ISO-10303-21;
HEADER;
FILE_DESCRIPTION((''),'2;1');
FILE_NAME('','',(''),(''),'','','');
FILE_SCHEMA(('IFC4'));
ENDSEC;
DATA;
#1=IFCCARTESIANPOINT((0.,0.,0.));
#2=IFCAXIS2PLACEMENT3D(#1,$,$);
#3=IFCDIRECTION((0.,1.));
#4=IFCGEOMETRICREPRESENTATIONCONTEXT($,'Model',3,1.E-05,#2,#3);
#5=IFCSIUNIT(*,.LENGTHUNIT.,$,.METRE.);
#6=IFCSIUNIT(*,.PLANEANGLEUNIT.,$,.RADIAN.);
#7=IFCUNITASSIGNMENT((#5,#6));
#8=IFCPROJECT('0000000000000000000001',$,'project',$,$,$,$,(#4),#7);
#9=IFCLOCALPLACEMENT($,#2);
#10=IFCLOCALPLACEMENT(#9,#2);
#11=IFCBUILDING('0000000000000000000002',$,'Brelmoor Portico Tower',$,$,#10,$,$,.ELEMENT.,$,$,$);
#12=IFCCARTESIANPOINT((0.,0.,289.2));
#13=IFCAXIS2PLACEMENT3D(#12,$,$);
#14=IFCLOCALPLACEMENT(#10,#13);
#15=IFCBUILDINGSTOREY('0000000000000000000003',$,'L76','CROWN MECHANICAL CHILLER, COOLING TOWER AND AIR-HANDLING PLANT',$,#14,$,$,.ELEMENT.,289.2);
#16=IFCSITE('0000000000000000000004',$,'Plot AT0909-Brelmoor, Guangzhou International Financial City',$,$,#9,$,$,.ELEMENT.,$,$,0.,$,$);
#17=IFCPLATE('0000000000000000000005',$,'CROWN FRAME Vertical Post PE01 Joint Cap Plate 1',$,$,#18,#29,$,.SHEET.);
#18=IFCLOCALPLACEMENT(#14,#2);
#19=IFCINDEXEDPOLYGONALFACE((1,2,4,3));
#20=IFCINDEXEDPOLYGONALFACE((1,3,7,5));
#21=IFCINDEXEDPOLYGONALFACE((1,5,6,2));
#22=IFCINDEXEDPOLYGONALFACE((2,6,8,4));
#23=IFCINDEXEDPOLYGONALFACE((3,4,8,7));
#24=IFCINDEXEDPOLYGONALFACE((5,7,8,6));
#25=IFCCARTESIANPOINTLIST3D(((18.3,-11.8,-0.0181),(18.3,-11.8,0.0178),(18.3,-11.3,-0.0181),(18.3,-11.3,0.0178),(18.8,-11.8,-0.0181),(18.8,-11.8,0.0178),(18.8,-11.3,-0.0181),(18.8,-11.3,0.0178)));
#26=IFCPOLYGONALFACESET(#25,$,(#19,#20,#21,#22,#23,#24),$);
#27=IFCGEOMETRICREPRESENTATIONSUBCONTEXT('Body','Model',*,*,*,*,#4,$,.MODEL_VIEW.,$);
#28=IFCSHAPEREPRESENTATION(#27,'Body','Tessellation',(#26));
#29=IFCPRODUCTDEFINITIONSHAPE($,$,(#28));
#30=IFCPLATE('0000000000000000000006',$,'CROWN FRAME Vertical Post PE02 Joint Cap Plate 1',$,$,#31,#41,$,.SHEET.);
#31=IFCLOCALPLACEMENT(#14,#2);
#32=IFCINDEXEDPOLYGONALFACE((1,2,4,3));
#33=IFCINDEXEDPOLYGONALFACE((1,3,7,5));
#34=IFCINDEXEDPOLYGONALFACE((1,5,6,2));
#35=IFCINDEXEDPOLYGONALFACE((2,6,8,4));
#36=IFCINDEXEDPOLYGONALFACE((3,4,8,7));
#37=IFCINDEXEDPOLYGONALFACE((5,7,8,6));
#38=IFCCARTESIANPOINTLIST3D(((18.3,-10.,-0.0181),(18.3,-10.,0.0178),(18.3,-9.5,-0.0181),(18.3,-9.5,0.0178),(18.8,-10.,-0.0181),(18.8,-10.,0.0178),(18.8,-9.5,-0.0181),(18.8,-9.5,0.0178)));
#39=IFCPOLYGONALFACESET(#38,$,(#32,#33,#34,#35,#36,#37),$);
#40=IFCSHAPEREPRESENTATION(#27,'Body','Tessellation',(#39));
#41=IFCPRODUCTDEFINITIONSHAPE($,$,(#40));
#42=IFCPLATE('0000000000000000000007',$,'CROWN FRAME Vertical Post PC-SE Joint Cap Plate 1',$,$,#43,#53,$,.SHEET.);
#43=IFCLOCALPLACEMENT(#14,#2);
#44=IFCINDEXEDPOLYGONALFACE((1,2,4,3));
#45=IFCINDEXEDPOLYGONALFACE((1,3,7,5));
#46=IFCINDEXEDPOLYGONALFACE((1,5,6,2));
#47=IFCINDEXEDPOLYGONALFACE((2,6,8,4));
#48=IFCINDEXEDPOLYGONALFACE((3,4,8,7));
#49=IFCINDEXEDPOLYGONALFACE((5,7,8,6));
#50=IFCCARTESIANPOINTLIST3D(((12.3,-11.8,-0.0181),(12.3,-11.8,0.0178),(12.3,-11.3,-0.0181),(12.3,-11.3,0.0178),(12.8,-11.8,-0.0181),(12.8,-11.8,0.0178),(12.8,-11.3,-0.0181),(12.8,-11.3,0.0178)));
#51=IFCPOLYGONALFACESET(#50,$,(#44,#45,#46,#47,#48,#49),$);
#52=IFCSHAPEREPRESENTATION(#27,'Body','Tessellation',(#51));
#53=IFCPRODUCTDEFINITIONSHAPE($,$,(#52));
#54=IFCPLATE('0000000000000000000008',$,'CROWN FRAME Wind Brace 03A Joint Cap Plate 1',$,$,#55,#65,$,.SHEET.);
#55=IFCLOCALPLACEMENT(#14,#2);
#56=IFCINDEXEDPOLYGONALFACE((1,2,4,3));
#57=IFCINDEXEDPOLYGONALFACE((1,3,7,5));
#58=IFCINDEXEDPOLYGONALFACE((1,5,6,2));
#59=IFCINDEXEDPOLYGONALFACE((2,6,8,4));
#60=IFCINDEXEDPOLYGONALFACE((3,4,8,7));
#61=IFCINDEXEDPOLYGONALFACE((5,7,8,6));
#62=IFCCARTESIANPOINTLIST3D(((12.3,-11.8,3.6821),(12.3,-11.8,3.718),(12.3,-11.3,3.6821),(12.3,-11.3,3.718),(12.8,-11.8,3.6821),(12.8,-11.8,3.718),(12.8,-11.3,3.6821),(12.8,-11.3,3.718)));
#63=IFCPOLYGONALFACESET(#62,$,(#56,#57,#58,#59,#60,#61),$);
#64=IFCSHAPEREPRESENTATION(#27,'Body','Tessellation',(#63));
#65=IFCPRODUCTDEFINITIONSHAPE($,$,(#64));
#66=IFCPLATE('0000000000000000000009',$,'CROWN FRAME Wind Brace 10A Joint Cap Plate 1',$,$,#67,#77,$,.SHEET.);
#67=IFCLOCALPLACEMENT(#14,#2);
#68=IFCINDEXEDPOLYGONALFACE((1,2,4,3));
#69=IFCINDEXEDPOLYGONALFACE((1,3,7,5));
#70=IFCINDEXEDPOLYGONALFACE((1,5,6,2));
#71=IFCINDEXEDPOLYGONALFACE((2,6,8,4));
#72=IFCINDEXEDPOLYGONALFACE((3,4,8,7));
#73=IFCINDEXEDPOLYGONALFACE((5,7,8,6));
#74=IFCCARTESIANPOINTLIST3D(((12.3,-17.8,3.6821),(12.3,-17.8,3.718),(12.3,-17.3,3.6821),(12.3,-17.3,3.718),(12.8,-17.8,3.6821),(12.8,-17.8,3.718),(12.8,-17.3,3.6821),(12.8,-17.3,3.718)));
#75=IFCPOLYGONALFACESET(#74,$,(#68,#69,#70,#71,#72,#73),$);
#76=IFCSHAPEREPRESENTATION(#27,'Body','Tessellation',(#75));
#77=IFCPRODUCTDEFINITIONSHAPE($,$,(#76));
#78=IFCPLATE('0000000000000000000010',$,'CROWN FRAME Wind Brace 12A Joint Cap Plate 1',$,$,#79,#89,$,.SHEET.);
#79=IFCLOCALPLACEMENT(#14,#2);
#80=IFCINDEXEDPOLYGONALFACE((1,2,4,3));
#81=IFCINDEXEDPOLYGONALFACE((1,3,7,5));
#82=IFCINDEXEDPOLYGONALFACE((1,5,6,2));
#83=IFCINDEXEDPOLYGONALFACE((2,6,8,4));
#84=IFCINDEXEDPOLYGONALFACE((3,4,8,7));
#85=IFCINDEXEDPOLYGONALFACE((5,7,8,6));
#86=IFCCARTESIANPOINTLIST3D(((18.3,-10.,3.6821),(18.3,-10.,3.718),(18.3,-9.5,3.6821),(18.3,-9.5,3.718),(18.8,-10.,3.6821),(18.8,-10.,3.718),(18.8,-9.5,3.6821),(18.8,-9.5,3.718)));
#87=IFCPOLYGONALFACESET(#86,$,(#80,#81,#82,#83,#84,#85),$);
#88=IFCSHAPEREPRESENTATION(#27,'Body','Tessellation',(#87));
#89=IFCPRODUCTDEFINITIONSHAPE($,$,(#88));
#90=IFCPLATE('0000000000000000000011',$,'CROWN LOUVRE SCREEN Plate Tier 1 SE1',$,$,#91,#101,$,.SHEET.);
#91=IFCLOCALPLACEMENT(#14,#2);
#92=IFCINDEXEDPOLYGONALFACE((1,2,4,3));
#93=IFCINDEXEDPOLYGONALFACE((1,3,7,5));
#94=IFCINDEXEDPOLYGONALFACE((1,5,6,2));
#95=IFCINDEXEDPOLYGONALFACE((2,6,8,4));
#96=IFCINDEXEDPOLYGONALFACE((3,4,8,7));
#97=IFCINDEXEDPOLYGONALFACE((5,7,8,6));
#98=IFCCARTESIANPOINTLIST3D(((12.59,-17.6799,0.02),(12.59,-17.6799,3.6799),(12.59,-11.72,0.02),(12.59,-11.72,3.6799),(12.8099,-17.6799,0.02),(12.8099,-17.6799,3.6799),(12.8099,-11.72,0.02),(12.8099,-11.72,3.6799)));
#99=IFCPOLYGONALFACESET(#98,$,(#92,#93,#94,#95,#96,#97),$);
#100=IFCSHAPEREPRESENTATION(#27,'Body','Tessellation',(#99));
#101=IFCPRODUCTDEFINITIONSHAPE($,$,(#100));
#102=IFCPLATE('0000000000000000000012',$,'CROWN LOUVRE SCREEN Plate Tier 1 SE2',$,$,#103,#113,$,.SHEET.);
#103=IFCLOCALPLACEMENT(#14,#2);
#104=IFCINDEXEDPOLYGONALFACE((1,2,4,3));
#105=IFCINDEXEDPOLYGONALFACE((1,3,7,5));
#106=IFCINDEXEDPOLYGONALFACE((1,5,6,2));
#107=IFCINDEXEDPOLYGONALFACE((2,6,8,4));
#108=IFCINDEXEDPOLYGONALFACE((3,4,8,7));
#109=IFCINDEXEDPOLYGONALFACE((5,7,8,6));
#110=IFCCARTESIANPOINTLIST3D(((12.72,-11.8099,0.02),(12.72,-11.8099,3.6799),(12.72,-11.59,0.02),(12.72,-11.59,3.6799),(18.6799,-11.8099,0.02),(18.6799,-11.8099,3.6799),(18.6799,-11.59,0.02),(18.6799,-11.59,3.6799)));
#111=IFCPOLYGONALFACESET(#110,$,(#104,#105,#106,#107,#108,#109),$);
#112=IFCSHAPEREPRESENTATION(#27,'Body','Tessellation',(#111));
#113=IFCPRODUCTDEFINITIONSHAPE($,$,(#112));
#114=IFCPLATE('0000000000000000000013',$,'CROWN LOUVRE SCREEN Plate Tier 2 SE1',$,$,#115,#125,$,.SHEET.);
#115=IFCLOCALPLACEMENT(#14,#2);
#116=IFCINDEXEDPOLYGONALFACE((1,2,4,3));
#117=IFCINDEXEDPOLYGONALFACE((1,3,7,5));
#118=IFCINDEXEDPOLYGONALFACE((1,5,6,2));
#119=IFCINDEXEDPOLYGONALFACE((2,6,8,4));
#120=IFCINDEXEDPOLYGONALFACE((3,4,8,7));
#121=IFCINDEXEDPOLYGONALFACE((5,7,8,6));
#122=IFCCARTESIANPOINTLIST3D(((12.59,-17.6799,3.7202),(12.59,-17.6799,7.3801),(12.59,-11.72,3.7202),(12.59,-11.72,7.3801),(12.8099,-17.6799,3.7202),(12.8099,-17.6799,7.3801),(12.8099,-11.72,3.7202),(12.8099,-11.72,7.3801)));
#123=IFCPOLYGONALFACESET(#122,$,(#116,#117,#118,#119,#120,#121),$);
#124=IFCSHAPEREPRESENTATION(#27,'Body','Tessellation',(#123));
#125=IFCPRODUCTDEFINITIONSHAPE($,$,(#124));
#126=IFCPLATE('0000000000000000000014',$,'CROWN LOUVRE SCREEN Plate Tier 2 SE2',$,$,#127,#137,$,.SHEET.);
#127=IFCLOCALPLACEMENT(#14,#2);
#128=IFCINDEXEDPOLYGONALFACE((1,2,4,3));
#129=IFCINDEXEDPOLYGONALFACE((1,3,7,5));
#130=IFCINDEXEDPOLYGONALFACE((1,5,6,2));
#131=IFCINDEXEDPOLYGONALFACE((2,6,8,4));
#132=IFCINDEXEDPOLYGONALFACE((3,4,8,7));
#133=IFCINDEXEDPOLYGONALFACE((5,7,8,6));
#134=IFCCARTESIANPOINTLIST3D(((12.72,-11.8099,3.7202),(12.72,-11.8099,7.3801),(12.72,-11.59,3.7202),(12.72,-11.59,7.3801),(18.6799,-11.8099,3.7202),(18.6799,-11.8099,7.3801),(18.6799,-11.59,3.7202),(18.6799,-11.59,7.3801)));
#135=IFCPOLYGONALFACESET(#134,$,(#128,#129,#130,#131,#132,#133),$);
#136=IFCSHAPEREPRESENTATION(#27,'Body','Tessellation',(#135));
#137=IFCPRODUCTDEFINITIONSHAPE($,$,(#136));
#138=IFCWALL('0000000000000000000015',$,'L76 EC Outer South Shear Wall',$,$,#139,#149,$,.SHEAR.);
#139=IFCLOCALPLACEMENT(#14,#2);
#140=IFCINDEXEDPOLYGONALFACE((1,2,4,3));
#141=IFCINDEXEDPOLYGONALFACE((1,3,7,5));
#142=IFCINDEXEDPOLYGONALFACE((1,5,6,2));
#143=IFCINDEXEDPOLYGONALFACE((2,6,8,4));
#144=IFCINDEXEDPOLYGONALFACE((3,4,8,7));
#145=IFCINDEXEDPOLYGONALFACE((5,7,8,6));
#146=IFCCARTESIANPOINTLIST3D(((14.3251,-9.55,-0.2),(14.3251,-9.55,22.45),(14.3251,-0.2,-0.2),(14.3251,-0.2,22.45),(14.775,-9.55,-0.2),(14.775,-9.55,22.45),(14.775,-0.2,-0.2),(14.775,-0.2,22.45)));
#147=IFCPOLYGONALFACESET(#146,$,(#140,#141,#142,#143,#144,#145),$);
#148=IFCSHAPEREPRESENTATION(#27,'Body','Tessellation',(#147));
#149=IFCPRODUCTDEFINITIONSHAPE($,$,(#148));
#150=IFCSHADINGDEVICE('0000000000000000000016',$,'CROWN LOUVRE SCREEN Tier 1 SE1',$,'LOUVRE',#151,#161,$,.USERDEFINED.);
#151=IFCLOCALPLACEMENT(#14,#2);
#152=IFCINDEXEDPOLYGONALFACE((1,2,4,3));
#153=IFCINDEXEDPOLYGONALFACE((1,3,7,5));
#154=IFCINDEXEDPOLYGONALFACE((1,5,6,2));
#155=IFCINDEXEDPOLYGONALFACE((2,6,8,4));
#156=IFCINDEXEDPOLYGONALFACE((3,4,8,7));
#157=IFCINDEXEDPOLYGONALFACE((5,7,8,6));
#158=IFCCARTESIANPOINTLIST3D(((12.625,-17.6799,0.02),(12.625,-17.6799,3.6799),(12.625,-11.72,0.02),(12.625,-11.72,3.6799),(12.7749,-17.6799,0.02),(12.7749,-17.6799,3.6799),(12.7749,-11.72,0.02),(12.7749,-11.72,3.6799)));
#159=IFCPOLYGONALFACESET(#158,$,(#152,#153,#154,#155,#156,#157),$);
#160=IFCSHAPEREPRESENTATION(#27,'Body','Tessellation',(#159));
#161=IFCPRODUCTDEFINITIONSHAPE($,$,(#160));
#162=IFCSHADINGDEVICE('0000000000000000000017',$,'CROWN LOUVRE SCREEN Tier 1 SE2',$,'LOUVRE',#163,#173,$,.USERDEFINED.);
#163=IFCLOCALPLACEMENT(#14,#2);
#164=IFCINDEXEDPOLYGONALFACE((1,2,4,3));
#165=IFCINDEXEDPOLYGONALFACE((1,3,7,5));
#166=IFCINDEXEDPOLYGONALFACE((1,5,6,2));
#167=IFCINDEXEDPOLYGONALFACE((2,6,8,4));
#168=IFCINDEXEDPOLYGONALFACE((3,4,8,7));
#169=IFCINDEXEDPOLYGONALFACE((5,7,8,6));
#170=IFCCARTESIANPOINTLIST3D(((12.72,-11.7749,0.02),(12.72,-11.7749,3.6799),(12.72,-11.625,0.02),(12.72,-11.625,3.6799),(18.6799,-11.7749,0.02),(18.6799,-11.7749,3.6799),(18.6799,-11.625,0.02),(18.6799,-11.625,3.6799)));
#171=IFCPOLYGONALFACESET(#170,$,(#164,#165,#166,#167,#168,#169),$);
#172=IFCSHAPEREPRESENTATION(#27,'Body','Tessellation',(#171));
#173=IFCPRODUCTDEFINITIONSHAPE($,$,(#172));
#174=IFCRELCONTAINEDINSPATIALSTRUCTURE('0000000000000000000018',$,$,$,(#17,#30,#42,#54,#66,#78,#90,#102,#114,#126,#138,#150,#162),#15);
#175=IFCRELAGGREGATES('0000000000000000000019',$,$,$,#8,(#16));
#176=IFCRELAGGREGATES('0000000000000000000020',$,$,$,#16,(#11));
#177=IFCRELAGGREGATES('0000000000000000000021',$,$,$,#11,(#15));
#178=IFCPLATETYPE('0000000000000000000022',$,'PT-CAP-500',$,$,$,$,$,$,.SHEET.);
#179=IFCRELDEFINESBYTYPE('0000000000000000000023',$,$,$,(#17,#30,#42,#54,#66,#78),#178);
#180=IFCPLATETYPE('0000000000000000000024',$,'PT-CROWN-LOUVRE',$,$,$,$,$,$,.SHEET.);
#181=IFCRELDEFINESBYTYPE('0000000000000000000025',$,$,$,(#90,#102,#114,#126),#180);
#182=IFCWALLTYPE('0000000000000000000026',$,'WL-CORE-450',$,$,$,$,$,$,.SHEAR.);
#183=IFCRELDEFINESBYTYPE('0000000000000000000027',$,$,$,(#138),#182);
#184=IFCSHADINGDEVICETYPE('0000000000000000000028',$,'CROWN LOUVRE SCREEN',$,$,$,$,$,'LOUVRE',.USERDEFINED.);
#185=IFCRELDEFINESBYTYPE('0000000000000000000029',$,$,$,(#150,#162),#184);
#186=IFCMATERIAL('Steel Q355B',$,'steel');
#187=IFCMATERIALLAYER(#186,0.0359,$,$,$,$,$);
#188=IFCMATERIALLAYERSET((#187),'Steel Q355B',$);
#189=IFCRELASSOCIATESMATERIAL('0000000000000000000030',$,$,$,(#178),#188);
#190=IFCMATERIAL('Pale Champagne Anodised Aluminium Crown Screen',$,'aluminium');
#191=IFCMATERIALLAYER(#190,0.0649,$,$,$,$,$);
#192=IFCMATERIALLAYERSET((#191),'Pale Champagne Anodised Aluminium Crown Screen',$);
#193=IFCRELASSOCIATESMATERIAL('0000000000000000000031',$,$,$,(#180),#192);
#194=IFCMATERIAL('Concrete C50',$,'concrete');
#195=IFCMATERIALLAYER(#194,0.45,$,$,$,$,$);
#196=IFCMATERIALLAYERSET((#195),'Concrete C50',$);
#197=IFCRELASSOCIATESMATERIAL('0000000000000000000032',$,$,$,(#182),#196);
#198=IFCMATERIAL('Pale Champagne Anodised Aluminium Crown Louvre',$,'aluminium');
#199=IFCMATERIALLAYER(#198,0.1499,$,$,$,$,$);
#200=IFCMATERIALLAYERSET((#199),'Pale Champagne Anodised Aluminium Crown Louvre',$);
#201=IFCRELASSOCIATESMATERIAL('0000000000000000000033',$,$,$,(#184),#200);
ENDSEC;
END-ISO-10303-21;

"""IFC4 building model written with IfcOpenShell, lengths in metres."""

from ifc_helpers import new_model, si_unit, direction, frame, frame_2d, origin, origin_2d, place, context, subcontext, project, spatial, rectangle, extrude, material, layer, layer_set, type_object, element, save


model = new_model("IFC4")

# Units and contexts
model_context = context("Model", 3, precision=1e-05, world=origin(), true_north=direction((0.0, 1.0)))
body_context = subcontext(model_context, "Body", "Model", "MODEL_VIEW")
ifc_project = project(units=[si_unit("LENGTHUNIT", "METRE"), si_unit("PLANEANGLEUNIT", "RADIAN")], contexts=[model_context])

# Site, building, storey
site_placement = place(None, origin())
site = spatial("IfcSite", under=ifc_project, at=site_placement, Name="Plot AT0909-Brelmoor, Guangzhou International Financial City", CompositionType="ELEMENT", RefElevation=0.0)
building_placement = place(site_placement, origin())
building = spatial("IfcBuilding", under=site, at=building_placement, Name="Brelmoor Portico Tower", CompositionType="ELEMENT")
storey_placement = place(building_placement, frame((0.0, 0.0, 289.2)))
storey = spatial("IfcBuildingStorey", under=building, at=storey_placement, Name="L76", Description="CROWN MECHANICAL CHILLER, COOLING TOWER AND AIR-HANDLING PLANT", CompositionType="ELEMENT", Elevation=289.2)

# Shared definitions
ifc_material_1 = material(Name="Steel Q355B", Category="steel")

# Plates
ifc_layer_1 = layer(ifc_material_1, 0.0359)
ifc_layer_set_1 = layer_set([ifc_layer_1], Name="Steel Q355B")
plate_type_1 = type_object("IfcPlateType", Name="PT-CAP-500", PredefinedType="SHEET", material=ifc_layer_set_1)
for number, where, z_axis, x_axis, name in (
    (1, (18.55, -11.55, -0.0181), (0.0, 0.0, 1.0), (1.0, 0.0, 0.0), "CROWN FRAME Vertical Post PE01 Joint Cap Plate 1"),
    (2, (18.55, -9.75, -0.0181), (0.0, 0.0, 1.0), (1.0, 0.0, 0.0), "CROWN FRAME Vertical Post PE02 Joint Cap Plate 1"),
    (3, (12.55, -11.55, -0.0181), (0.0, 0.0, 1.0), (1.0, 0.0, 0.0), "CROWN FRAME Vertical Post PC-SE Joint Cap Plate 1"),
    (4, (12.55, -11.55, 3.6821), (0.0, 0.0, 1.0), (1.0, 0.0, 0.0), "CROWN FRAME Wind Brace 03A Joint Cap Plate 1"),
    (5, (12.55, -17.55, 3.6821), (0.0, 0.0, 1.0), (1.0, 0.0, 0.0), "CROWN FRAME Wind Brace 10A Joint Cap Plate 1"),
    (6, (18.55, -9.75, 3.6821), (0.0, 0.0, 1.0), (1.0, 0.0, 0.0), "CROWN FRAME Wind Brace 12A Joint Cap Plate 1"),
):
    element("IfcPlate", number, at=place(storey_placement, frame(where, z_axis=z_axis, x_axis=x_axis)), inside=storey, type_object=plate_type_1, Name=name, PredefinedType="SHEET", context=body_context, shape_type="SweptSolid", body=[
        extrude(rectangle(XDim=0.5, YDim=0.5, at=origin_2d()), origin(), (0.0, 0.0, 1.0), 0.0359),
    ])
ifc_material_2 = material(Name="Pale Champagne Anodised Aluminium Crown Screen", Category="aluminium")
ifc_layer_2 = layer(ifc_material_2, 0.0649)
ifc_layer_set_2 = layer_set([ifc_layer_2], Name="Pale Champagne Anodised Aluminium Crown Screen")
plate_type_2 = type_object("IfcPlateType", Name="PT-CROWN-LOUVRE", PredefinedType="SHEET", material=ifc_layer_set_2)
for number, where, z_axis, x_axis, name in (
    (7, (12.7, -14.7, 0.02), (0.0, 0.0, 1.0), (0.0, 1.0, 0.0), "CROWN LOUVRE SCREEN Plate Tier 1 SE1"),
    (8, (15.7, -11.7, 0.02), (0.0, 0.0, 1.0), (1.0, 0.0, 0.0), "CROWN LOUVRE SCREEN Plate Tier 1 SE2"),
    (9, (12.7, -14.7, 3.7202), (0.0, 0.0, 1.0), (0.0, 1.0, 0.0), "CROWN LOUVRE SCREEN Plate Tier 2 SE1"),
    (10, (15.7, -11.7, 3.7202), (0.0, 0.0, 1.0), (1.0, 0.0, 0.0), "CROWN LOUVRE SCREEN Plate Tier 2 SE2"),
):
    element("IfcPlate", number, at=place(storey_placement, frame(where, z_axis=z_axis, x_axis=x_axis)), inside=storey, type_object=plate_type_2, Name=name, PredefinedType="SHEET", context=body_context, shape_type="SweptSolid", body=[
        extrude(rectangle(XDim=5.96, YDim=0.22, at=origin_2d()), origin(), (0.0, 0.0, 1.0), 3.6599),
    ])

# Wall
ifc_material_3 = material(Name="Concrete C50", Category="concrete")
ifc_layer_3 = layer(ifc_material_3, 0.45)
ifc_layer_set_3 = layer_set([ifc_layer_3], Name="Concrete C50")
wall_type = type_object("IfcWallType", Name="WL-CORE-450", PredefinedType="SHEAR", material=ifc_layer_set_3)
wall_placement = place(storey_placement, frame((14.55, -9.55, -0.2), z_axis=(0.0, 0.0, 1.0), x_axis=(0.0, 1.0, 0.0)))
element("IfcWall", 11, at=wall_placement, inside=storey, type_object=wall_type, Name="L76 EC Outer South Shear Wall", PredefinedType="SHEAR", context=body_context, shape_type="SweptSolid", body=[
    extrude(rectangle(XDim=9.3501, YDim=0.45, at=frame_2d((4.675, 0.0))), origin(), (0.0, 0.0, 1.0), 22.6499),
])

# Shading devices
ifc_material_4 = material(Name="Pale Champagne Anodised Aluminium Crown Louvre", Category="aluminium")
ifc_layer_4 = layer(ifc_material_4, 0.1499)
ifc_layer_set_4 = layer_set([ifc_layer_4], Name="Pale Champagne Anodised Aluminium Crown Louvre")
shading_device_type = type_object("IfcShadingDeviceType", Name="CROWN LOUVRE SCREEN", ElementType="LOUVRE", PredefinedType="USERDEFINED", material=ifc_layer_set_4)
for number, where, z_axis, x_axis, name in (
    (12, (12.7, -14.7, 0.02), (0.0, 0.0, 1.0), (0.0, 1.0, 0.0), "CROWN LOUVRE SCREEN Tier 1 SE1"),
    (13, (15.7, -11.7, 0.02), (0.0, 0.0, 1.0), (1.0, 0.0, 0.0), "CROWN LOUVRE SCREEN Tier 1 SE2"),
):
    element("IfcShadingDevice", number, at=place(storey_placement, frame(where, z_axis=z_axis, x_axis=x_axis)), inside=storey, type_object=shading_device_type, Name=name, ObjectType="LOUVRE", PredefinedType="USERDEFINED", context=body_context, shape_type="SweptSolid", body=[
        extrude(rectangle(XDim=5.96, YDim=0.1499, at=origin_2d()), origin(), (0.0, 0.0, 1.0), 3.6599),
    ])

save(model, "model.ifc")
